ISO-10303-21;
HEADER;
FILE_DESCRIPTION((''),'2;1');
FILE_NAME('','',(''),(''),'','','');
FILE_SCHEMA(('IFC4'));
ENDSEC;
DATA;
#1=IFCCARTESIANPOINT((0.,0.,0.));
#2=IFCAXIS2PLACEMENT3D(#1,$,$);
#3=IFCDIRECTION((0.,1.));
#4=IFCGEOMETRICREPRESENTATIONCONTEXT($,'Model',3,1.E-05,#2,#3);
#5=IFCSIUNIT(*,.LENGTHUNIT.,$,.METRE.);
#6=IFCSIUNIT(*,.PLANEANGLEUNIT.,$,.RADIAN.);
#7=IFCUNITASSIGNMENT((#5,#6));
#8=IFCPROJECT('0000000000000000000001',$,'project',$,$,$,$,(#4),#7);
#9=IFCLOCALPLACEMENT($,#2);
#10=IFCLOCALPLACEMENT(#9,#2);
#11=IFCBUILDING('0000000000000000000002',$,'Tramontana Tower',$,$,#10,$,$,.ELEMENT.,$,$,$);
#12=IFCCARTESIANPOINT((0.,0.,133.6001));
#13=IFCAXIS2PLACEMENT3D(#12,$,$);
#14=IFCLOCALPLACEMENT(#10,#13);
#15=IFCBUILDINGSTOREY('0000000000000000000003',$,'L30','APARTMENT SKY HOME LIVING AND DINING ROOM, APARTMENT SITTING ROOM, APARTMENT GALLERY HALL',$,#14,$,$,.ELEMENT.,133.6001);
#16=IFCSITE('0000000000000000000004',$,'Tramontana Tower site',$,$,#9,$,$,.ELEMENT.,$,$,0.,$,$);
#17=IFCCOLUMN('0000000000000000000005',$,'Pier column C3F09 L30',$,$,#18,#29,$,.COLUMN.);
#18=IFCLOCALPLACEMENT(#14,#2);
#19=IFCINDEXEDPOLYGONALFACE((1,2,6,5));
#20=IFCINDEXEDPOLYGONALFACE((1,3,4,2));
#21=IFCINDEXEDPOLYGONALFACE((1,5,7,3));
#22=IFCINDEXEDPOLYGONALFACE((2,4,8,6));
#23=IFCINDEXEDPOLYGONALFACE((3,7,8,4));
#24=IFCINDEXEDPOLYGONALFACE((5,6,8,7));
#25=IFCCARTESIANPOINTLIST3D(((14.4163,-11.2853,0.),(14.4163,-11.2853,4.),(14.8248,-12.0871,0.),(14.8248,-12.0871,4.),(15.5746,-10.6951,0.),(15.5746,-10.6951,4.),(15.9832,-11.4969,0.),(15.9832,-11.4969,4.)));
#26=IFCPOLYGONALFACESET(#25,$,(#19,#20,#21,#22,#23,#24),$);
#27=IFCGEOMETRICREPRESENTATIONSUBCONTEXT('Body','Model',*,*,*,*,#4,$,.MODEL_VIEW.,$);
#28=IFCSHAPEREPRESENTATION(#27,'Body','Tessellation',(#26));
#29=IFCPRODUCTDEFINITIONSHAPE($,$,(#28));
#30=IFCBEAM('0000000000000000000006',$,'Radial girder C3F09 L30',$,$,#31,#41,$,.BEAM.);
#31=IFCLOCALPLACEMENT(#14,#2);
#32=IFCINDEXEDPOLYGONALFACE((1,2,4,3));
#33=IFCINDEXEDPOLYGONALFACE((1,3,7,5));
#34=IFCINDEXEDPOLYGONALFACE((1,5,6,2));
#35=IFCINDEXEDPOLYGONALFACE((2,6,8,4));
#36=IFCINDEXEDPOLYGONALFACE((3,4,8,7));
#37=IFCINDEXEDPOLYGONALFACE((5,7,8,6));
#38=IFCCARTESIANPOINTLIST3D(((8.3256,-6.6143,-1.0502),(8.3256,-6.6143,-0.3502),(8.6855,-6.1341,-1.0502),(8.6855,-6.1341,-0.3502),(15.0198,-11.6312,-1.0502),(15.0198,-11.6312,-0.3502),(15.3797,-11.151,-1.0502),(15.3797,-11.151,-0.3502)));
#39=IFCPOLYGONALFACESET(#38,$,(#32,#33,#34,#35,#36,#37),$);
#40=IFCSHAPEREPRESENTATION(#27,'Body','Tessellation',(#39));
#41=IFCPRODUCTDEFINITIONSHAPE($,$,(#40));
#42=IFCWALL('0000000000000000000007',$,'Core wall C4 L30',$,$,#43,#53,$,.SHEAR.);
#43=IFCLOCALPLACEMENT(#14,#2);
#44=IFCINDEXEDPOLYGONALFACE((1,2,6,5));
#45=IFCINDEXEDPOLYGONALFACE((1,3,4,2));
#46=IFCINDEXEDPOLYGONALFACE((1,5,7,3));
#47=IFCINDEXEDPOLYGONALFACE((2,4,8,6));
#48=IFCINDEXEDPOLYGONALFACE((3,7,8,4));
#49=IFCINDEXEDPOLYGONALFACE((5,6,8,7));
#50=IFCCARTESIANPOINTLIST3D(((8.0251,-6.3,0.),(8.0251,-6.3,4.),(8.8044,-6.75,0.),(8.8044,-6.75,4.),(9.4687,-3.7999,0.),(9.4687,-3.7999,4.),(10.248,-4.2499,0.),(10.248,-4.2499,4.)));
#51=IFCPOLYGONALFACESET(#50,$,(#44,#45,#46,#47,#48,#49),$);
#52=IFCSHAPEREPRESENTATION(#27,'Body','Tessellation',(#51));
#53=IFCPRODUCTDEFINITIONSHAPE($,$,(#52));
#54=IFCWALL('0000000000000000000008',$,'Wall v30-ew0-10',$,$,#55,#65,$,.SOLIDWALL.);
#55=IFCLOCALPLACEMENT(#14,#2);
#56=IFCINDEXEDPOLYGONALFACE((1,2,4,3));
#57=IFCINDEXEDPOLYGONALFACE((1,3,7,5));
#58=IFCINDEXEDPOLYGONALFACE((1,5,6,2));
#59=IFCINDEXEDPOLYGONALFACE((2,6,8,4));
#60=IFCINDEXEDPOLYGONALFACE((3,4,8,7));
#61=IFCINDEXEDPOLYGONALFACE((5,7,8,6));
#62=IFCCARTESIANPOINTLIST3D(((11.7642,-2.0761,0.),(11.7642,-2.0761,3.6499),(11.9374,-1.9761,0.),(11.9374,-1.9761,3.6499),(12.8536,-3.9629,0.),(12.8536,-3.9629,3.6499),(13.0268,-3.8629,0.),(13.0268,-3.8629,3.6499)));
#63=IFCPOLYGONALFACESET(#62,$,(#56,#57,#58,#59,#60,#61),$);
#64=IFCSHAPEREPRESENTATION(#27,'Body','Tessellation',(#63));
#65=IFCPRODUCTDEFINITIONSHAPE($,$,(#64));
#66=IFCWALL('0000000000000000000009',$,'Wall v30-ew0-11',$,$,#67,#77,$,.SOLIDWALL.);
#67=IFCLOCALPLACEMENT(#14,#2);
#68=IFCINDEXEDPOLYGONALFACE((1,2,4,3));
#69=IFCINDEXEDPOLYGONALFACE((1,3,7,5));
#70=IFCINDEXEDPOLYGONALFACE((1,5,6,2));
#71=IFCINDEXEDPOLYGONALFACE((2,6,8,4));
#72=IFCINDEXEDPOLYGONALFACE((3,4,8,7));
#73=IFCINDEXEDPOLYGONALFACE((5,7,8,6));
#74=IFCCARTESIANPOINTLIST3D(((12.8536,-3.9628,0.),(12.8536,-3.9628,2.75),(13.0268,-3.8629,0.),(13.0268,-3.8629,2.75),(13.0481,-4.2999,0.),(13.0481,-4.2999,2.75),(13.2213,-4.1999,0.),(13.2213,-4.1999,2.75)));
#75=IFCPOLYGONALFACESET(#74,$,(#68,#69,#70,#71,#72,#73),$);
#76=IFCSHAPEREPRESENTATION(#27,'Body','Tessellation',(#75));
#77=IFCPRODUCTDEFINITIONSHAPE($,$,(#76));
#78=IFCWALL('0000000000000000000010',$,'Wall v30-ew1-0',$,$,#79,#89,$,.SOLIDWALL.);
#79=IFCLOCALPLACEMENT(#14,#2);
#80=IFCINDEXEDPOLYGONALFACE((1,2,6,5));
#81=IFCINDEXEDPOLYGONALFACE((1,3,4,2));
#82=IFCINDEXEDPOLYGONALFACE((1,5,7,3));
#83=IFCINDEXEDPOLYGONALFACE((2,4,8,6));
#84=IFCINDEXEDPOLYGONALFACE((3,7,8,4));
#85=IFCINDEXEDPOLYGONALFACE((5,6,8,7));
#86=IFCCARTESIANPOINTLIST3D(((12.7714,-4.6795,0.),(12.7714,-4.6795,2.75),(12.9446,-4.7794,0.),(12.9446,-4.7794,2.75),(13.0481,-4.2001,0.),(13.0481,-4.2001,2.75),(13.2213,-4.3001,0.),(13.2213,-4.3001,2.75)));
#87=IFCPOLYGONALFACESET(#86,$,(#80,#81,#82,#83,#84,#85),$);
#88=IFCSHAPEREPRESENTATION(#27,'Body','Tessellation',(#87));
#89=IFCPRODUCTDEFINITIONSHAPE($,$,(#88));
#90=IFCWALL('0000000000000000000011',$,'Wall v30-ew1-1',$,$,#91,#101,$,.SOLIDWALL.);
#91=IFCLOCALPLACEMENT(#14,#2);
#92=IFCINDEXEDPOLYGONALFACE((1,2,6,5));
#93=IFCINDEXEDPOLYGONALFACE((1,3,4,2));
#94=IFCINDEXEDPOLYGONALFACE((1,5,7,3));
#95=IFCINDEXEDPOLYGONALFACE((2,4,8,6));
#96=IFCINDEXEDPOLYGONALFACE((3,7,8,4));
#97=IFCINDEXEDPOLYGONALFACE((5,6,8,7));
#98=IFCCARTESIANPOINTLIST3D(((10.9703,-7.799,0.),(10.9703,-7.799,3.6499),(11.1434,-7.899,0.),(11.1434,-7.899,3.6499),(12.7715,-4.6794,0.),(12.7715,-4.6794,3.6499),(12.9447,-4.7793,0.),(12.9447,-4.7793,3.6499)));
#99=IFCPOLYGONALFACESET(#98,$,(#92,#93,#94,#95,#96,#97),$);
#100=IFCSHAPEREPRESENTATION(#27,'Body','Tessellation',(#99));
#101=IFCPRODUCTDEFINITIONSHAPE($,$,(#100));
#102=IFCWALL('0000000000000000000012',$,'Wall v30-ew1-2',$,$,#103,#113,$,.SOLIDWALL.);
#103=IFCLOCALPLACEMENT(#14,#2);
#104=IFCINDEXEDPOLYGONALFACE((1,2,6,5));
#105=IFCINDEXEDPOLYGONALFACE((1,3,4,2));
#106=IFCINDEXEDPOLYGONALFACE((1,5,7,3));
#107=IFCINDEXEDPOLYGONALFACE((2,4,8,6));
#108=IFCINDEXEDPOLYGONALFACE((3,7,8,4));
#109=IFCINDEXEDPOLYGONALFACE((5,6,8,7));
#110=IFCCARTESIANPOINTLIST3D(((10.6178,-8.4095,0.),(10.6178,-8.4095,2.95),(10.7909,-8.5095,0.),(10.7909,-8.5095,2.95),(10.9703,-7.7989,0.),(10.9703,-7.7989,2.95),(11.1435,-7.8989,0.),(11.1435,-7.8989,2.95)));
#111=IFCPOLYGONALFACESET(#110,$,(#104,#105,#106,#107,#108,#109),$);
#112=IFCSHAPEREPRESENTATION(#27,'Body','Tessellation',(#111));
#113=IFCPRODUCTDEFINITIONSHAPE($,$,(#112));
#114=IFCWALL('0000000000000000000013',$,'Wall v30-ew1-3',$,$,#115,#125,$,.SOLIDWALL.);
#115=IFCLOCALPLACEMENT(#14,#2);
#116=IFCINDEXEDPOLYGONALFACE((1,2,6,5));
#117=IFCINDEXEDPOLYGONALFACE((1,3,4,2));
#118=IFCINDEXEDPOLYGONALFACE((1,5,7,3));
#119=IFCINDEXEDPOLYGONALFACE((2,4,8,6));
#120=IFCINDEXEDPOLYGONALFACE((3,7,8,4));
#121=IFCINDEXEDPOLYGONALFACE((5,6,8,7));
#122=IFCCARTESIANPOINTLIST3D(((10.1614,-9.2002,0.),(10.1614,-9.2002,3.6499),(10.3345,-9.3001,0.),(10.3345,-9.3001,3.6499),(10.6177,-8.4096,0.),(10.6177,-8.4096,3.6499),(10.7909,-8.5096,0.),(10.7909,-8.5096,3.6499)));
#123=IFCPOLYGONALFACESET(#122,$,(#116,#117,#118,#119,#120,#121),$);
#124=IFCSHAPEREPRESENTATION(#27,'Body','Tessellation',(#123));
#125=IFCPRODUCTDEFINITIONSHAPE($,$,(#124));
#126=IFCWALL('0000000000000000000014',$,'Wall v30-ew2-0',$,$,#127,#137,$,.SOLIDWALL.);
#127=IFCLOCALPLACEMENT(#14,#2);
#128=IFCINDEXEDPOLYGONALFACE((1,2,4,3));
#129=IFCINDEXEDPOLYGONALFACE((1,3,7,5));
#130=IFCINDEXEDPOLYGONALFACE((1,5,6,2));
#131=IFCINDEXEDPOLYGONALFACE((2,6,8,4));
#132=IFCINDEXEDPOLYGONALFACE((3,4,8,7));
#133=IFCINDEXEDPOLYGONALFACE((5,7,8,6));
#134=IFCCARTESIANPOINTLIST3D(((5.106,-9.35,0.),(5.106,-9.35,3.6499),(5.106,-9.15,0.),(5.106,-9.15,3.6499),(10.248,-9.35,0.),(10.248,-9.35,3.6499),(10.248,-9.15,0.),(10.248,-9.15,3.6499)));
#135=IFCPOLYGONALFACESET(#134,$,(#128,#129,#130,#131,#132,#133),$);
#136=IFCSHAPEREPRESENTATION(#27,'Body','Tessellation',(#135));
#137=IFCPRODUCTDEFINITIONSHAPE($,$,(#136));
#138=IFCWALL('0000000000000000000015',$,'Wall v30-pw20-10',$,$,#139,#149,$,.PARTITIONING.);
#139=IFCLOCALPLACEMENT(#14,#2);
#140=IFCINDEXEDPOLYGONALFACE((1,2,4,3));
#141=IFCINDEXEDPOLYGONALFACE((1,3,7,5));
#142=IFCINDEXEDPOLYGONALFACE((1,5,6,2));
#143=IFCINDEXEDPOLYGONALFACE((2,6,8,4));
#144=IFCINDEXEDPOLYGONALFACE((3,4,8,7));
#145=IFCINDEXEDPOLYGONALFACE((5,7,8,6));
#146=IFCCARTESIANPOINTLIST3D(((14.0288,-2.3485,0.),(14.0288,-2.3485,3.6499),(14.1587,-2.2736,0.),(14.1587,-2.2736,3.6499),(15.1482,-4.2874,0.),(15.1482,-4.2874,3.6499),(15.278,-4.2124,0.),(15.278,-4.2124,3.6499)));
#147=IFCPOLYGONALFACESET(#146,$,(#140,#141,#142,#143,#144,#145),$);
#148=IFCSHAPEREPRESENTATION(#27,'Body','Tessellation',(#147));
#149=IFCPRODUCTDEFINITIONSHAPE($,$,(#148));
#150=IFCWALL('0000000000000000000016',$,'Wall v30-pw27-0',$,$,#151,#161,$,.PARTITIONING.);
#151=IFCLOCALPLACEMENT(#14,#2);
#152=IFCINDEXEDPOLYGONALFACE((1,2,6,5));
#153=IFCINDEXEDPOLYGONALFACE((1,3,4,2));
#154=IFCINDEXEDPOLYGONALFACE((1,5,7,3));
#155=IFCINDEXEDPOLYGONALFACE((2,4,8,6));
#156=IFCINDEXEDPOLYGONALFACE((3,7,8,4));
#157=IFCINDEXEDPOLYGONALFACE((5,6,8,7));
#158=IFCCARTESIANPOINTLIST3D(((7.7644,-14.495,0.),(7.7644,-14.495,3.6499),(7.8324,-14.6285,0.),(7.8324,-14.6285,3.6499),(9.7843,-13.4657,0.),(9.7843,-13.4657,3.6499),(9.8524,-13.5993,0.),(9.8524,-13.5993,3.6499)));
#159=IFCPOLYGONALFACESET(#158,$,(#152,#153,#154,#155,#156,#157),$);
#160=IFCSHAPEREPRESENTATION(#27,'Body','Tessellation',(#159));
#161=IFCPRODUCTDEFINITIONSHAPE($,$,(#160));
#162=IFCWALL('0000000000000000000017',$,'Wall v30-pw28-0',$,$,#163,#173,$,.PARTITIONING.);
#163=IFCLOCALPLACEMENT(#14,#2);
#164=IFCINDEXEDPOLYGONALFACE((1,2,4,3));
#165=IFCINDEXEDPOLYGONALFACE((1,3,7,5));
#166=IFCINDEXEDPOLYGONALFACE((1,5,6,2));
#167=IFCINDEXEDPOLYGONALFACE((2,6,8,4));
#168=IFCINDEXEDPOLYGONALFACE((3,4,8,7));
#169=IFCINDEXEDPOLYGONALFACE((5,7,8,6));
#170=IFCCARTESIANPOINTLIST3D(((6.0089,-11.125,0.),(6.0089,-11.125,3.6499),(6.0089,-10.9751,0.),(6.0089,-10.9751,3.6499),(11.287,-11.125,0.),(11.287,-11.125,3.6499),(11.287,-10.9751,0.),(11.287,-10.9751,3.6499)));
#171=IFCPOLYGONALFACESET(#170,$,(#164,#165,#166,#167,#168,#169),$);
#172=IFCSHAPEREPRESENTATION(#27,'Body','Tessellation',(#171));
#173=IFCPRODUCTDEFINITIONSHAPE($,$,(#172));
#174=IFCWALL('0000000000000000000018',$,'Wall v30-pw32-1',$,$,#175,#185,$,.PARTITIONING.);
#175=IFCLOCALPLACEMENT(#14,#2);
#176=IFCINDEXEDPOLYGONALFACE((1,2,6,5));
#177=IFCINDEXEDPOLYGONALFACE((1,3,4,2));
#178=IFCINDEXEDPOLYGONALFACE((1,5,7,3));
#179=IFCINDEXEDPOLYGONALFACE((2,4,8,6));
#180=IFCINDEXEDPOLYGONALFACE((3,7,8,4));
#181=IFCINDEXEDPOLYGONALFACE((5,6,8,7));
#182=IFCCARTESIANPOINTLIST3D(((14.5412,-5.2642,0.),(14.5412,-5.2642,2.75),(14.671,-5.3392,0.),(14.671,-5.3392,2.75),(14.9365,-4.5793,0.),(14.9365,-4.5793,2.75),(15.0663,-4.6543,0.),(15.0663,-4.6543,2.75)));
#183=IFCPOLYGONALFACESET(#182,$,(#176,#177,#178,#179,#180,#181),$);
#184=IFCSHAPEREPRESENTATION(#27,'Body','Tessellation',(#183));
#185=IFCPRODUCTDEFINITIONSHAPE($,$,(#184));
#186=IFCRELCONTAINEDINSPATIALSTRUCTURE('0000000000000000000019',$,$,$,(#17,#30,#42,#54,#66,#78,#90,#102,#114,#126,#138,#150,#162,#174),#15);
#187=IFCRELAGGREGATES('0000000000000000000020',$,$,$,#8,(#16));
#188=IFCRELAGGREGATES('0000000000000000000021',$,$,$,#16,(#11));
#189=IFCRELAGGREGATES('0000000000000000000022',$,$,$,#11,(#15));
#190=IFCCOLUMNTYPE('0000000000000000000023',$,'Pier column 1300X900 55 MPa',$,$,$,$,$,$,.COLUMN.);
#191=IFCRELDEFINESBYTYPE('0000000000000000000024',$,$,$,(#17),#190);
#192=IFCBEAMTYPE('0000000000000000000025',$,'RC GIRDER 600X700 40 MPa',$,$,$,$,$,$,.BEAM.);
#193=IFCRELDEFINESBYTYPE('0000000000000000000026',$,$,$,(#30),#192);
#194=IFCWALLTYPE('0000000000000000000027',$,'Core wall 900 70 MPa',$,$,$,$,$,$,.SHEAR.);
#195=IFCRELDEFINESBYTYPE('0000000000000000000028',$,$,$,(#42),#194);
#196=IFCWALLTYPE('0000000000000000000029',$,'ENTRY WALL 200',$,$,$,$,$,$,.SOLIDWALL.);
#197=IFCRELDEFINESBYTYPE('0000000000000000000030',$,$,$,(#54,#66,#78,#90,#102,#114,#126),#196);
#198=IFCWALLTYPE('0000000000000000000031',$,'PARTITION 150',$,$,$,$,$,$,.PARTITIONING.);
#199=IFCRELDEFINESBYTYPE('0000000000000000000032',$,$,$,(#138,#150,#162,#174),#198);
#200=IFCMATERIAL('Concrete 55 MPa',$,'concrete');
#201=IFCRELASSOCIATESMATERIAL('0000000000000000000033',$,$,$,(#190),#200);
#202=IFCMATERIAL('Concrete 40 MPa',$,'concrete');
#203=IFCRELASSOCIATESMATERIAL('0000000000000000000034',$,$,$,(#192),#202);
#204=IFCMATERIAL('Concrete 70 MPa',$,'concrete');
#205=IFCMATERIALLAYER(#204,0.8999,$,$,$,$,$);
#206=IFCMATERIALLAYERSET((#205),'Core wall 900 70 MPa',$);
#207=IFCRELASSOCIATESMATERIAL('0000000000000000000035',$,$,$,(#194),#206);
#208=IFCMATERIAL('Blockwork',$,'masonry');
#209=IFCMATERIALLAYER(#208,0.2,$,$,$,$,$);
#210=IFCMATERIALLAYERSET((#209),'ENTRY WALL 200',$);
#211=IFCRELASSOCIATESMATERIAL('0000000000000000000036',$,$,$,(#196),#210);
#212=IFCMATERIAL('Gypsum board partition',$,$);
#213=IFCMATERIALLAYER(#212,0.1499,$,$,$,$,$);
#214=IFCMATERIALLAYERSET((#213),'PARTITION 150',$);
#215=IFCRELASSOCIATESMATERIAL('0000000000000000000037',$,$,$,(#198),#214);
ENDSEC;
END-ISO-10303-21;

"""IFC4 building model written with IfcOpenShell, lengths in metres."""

from ifc_helpers import new_model, si_unit, direction, frame, frame_2d, origin, origin_2d, place, context, subcontext, project, spatial, rectangle, extrude, material, layer, layer_set, material_profile, profile_set, type_object, element, save


model = new_model("IFC4")

# Units and contexts
model_context = context("Model", 3, precision=1e-05, world=origin(), true_north=direction((0.0, 1.0)))
body_context = subcontext(model_context, "Body", "Model", "MODEL_VIEW")
ifc_project = project(units=[si_unit("LENGTHUNIT", "METRE"), si_unit("PLANEANGLEUNIT", "RADIAN")], contexts=[model_context])

# Site, building, storey
site_placement = place(None, origin())
site = spatial("IfcSite", under=ifc_project, at=site_placement, Name="Tramontana Tower site", CompositionType="ELEMENT", RefElevation=0.0)
building_placement = place(site_placement, origin())
building = spatial("IfcBuilding", under=site, at=building_placement, Name="Tramontana Tower", CompositionType="ELEMENT")
storey_placement = place(building_placement, frame((0.0, 0.0, 133.6001)))
storey = spatial("IfcBuildingStorey", under=building, at=storey_placement, Name="L30", Description="APARTMENT SKY HOME LIVING AND DINING ROOM, APARTMENT SITTING ROOM, APARTMENT GALLERY HALL", CompositionType="ELEMENT", Elevation=133.6001)

# Column
ifc_material_1 = material(Name="Concrete 55 MPa", Category="concrete")
ifc_material_profile_1 = material_profile(ifc_material_1, rectangle(XDim=1.3, YDim=0.8999, at=origin_2d()), Name="Pier column 1300X900 55 MPa")
ifc_profile_set_1 = profile_set([ifc_material_profile_1], Name="Concrete 55 MPa")
column_type = type_object("IfcColumnType", Name="Pier column 1300X900 55 MPa", PredefinedType="COLUMN", material=ifc_profile_set_1)
column_placement = place(storey_placement, frame((15.1997, -11.3911, 0.0), z_axis=(0.0, 0.0, 1.0), x_axis=(0.891007, 0.45399, 0.0)))
element("IfcColumn", 1, at=column_placement, inside=storey, type_object=column_type, Name="Pier column C3F09 L30", PredefinedType="COLUMN", context=body_context, shape_type="SweptSolid", body=[
    extrude(rectangle(XDim=1.3, YDim=0.8999, at=origin_2d()), origin(), (0.0, 0.0, 1.0), 4.0),
])

# Beam
ifc_material_2 = material(Name="Concrete 40 MPa", Category="concrete")
ifc_material_profile_2 = material_profile(ifc_material_2, rectangle(XDim=0.6001, YDim=0.7, at=origin_2d()), Name="RC GIRDER 600X700 40 MPa")
ifc_profile_set_2 = profile_set([ifc_material_profile_2], Name="Concrete 40 MPa")
beam_type = type_object("IfcBeamType", Name="RC GIRDER 600X700 40 MPa", PredefinedType="BEAM", material=ifc_profile_set_2)
beam_placement = place(storey_placement, frame((15.1997, -11.3911, -0.7002), z_axis=(-0.800214, 0.599715, 0.0), x_axis=(-0.599715, -0.800214, 0.0)))
element("IfcBeam", 2, at=beam_placement, inside=storey, type_object=beam_type, Name="Radial girder C3F09 L30", PredefinedType="BEAM", context=body_context, shape_type="SweptSolid", body=[
    extrude(rectangle(XDim=0.6001, YDim=0.7, at=origin_2d()), origin(), (0.0, 0.0, 1.0), 8.3655),
])

# Wall
ifc_material_3 = material(Name="Concrete 70 MPa", Category="concrete")
ifc_layer_1 = layer(ifc_material_3, 0.8999)
ifc_layer_set_1 = layer_set([ifc_layer_1], Name="Core wall 900 70 MPa")
wall_type_1 = type_object("IfcWallType", Name="Core wall 900 70 MPa", PredefinedType="SHEAR", material=ifc_layer_set_1)
wall_1_placement = place(storey_placement, frame((8.4148, -6.5249, 0.0), z_axis=(0.0, 0.0, 1.0), x_axis=(0.500059, 0.865991, 0.0)))
element("IfcWall", 3, at=wall_1_placement, inside=storey, type_object=wall_type_1, Name="Core wall C4 L30", PredefinedType="SHEAR", context=body_context, shape_type="SweptSolid", body=[
    extrude(rectangle(XDim=2.887, YDim=0.8999, at=frame_2d((1.4434, 0.0))), origin(), (0.0, 0.0, 1.0), 4.0),
])

# Walls
ifc_material_4 = material(Name="Blockwork", Category="masonry")
ifc_layer_2 = layer(ifc_material_4, 0.2)
ifc_layer_set_2 = layer_set([ifc_layer_2], Name="ENTRY WALL 200")
wall_type_2 = type_object("IfcWallType", Name="ENTRY WALL 200", PredefinedType="SOLIDWALL", material=ifc_layer_set_2)
wall_2_placement = place(storey_placement, frame((11.8508, -2.0261, 0.0), z_axis=(0.0, 0.0, 1.0), x_axis=(0.50002, -0.866014, 0.0)))
element("IfcWall", 4, at=wall_2_placement, inside=storey, type_object=wall_type_2, Name="Wall v30-ew0-10", PredefinedType="SOLIDWALL", context=body_context, shape_type="SweptSolid", body=[
    extrude(rectangle(XDim=2.1787, YDim=0.2, at=frame_2d((1.0894, 0.0))), origin(), (0.0, 0.0, 1.0), 3.6499),
])
wall_3_placement = place(storey_placement, frame((12.9402, -3.9128, 0.0), z_axis=(0.0, 0.0, 1.0), x_axis=(0.499849, -0.866112, 0.0)))
element("IfcWall", 5, at=wall_3_placement, inside=storey, type_object=wall_type_2, Name="Wall v30-ew0-11", PredefinedType="SOLIDWALL", context=body_context, shape_type="SweptSolid", body=[
    extrude(rectangle(XDim=0.3892, YDim=0.2, at=frame_2d((0.1946, 0.0))), origin(), (0.0, 0.0, 1.0), 2.75),
])
wall_4_placement = place(storey_placement, frame((13.1348, -4.25, 0.0), z_axis=(0.0, 0.0, 1.0), x_axis=(-0.499888, -0.86609, 0.0)))
element("IfcWall", 6, at=wall_4_placement, inside=storey, type_object=wall_type_2, Name="Wall v30-ew1-0", PredefinedType="SOLIDWALL", context=body_context, shape_type="SweptSolid", body=[
    extrude(rectangle(XDim=0.5535, YDim=0.2, at=frame_2d((0.2769, 0.0))), origin(), (0.0, 0.0, 1.0), 2.75),
])
wall_5_placement = place(storey_placement, frame((12.8582, -4.7292, 0.0), z_axis=(0.0, 0.0, 1.0), x_axis=(-0.500031, -0.866007, 0.0)))
element("IfcWall", 7, at=wall_5_placement, inside=storey, type_object=wall_type_2, Name="Wall v30-ew1-1", PredefinedType="SOLIDWALL", context=body_context, shape_type="SweptSolid", body=[
    extrude(rectangle(XDim=3.6023, YDim=0.2, at=frame_2d((1.8013, 0.0))), origin(), (0.0, 0.0, 1.0), 3.6499),
])
wall_6_placement = place(storey_placement, frame((11.0569, -7.8489, 0.0), z_axis=(0.0, 0.0, 1.0), x_axis=(-0.500012, -0.866018, 0.0)))
element("IfcWall", 8, at=wall_6_placement, inside=storey, type_object=wall_type_2, Name="Wall v30-ew1-2", PredefinedType="SOLIDWALL", context=body_context, shape_type="SweptSolid", body=[
    extrude(rectangle(XDim=0.7051, YDim=0.2, at=frame_2d((0.3525, 0.0))), origin(), (0.0, 0.0, 1.0), 2.95),
])
wall_7_placement = place(storey_placement, frame((10.7043, -8.4595, 0.0), z_axis=(0.0, 0.0, 1.0), x_axis=(-0.499908, -0.866079, 0.0)))
element("IfcWall", 9, at=wall_7_placement, inside=storey, type_object=wall_type_2, Name="Wall v30-ew1-3", PredefinedType="SOLIDWALL", context=body_context, shape_type="SweptSolid", body=[
    extrude(rectangle(XDim=0.9128, YDim=0.2, at=frame_2d((0.4565, 0.0))), origin(), (0.0, 0.0, 1.0), 3.6499),
])
wall_8_placement = place(storey_placement, frame((10.248, -9.25, 0.0), z_axis=(0.0, 0.0, 1.0), x_axis=(-1.0, 0.0, 0.0)))
element("IfcWall", 10, at=wall_8_placement, inside=storey, type_object=wall_type_2, Name="Wall v30-ew2-0", PredefinedType="SOLIDWALL", context=body_context, shape_type="SweptSolid", body=[
    extrude(rectangle(XDim=5.1421, YDim=0.2, at=frame_2d((2.571, 0.0))), origin(), (0.0, 0.0, 1.0), 3.6499),
])
ifc_material_5 = material(Name="Gypsum board partition")
ifc_layer_3 = layer(ifc_material_5, 0.1499)
ifc_layer_set_3 = layer_set([ifc_layer_3], Name="PARTITION 150")
wall_type_3 = type_object("IfcWallType", Name="PARTITION 150", PredefinedType="PARTITIONING", material=ifc_layer_set_3)
wall_9_placement = place(storey_placement, frame((14.0938, -2.311, 0.0), z_axis=(0.0, 0.0, 1.0), x_axis=(0.499974, -0.86604, 0.0)))
element("IfcWall", 11, at=wall_9_placement, inside=storey, type_object=wall_type_3, Name="Wall v30-pw20-10", PredefinedType="PARTITIONING", context=body_context, shape_type="SweptSolid", body=[
    extrude(rectangle(XDim=2.2388, YDim=0.1499, at=frame_2d((1.1194, 0.0))), origin(), (0.0, 0.0, 1.0), 3.6499),
])

# Walls
wall_10_placement = place(storey_placement, frame((9.8184, -13.5325, 0.0), z_axis=(0.0, 0.0, 1.0), x_axis=(-0.890998, -0.454006, 0.0)))
element("IfcWall", 12, at=wall_10_placement, inside=storey, type_object=wall_type_3, Name="Wall v30-pw27-0", PredefinedType="PARTITIONING", context=body_context, shape_type="SweptSolid", body=[
    extrude(rectangle(XDim=2.2671, YDim=0.1499, at=frame_2d((1.1335, 0.0))), origin(), (0.0, 0.0, 1.0), 3.6499),
])
wall_11_placement = place(storey_placement, frame((11.2871, -11.05, 0.0), z_axis=(0.0, 0.0, 1.0), x_axis=(-1.0, 0.0, 0.0)))
element("IfcWall", 13, at=wall_11_placement, inside=storey, type_object=wall_type_3, Name="Wall v30-pw28-0", PredefinedType="PARTITIONING", context=body_context, shape_type="SweptSolid", body=[
    extrude(rectangle(XDim=5.2781, YDim=0.1499, at=frame_2d((2.6392, 0.0))), origin(), (0.0, 0.0, 1.0), 3.6499),
])
wall_12_placement = place(storey_placement, frame((15.0015, -4.6167, 0.0), z_axis=(0.0, 0.0, 1.0), x_axis=(-0.499892, -0.866088, 0.0)))
element("IfcWall", 14, at=wall_12_placement, inside=storey, type_object=wall_type_3, Name="Wall v30-pw32-1", PredefinedType="PARTITIONING", context=body_context, shape_type="SweptSolid", body=[
    extrude(rectangle(XDim=0.7908, YDim=0.1499, at=frame_2d((0.3955, 0.0))), origin(), (0.0, 0.0, 1.0), 2.75),
])

save(model, "model.ifc")
